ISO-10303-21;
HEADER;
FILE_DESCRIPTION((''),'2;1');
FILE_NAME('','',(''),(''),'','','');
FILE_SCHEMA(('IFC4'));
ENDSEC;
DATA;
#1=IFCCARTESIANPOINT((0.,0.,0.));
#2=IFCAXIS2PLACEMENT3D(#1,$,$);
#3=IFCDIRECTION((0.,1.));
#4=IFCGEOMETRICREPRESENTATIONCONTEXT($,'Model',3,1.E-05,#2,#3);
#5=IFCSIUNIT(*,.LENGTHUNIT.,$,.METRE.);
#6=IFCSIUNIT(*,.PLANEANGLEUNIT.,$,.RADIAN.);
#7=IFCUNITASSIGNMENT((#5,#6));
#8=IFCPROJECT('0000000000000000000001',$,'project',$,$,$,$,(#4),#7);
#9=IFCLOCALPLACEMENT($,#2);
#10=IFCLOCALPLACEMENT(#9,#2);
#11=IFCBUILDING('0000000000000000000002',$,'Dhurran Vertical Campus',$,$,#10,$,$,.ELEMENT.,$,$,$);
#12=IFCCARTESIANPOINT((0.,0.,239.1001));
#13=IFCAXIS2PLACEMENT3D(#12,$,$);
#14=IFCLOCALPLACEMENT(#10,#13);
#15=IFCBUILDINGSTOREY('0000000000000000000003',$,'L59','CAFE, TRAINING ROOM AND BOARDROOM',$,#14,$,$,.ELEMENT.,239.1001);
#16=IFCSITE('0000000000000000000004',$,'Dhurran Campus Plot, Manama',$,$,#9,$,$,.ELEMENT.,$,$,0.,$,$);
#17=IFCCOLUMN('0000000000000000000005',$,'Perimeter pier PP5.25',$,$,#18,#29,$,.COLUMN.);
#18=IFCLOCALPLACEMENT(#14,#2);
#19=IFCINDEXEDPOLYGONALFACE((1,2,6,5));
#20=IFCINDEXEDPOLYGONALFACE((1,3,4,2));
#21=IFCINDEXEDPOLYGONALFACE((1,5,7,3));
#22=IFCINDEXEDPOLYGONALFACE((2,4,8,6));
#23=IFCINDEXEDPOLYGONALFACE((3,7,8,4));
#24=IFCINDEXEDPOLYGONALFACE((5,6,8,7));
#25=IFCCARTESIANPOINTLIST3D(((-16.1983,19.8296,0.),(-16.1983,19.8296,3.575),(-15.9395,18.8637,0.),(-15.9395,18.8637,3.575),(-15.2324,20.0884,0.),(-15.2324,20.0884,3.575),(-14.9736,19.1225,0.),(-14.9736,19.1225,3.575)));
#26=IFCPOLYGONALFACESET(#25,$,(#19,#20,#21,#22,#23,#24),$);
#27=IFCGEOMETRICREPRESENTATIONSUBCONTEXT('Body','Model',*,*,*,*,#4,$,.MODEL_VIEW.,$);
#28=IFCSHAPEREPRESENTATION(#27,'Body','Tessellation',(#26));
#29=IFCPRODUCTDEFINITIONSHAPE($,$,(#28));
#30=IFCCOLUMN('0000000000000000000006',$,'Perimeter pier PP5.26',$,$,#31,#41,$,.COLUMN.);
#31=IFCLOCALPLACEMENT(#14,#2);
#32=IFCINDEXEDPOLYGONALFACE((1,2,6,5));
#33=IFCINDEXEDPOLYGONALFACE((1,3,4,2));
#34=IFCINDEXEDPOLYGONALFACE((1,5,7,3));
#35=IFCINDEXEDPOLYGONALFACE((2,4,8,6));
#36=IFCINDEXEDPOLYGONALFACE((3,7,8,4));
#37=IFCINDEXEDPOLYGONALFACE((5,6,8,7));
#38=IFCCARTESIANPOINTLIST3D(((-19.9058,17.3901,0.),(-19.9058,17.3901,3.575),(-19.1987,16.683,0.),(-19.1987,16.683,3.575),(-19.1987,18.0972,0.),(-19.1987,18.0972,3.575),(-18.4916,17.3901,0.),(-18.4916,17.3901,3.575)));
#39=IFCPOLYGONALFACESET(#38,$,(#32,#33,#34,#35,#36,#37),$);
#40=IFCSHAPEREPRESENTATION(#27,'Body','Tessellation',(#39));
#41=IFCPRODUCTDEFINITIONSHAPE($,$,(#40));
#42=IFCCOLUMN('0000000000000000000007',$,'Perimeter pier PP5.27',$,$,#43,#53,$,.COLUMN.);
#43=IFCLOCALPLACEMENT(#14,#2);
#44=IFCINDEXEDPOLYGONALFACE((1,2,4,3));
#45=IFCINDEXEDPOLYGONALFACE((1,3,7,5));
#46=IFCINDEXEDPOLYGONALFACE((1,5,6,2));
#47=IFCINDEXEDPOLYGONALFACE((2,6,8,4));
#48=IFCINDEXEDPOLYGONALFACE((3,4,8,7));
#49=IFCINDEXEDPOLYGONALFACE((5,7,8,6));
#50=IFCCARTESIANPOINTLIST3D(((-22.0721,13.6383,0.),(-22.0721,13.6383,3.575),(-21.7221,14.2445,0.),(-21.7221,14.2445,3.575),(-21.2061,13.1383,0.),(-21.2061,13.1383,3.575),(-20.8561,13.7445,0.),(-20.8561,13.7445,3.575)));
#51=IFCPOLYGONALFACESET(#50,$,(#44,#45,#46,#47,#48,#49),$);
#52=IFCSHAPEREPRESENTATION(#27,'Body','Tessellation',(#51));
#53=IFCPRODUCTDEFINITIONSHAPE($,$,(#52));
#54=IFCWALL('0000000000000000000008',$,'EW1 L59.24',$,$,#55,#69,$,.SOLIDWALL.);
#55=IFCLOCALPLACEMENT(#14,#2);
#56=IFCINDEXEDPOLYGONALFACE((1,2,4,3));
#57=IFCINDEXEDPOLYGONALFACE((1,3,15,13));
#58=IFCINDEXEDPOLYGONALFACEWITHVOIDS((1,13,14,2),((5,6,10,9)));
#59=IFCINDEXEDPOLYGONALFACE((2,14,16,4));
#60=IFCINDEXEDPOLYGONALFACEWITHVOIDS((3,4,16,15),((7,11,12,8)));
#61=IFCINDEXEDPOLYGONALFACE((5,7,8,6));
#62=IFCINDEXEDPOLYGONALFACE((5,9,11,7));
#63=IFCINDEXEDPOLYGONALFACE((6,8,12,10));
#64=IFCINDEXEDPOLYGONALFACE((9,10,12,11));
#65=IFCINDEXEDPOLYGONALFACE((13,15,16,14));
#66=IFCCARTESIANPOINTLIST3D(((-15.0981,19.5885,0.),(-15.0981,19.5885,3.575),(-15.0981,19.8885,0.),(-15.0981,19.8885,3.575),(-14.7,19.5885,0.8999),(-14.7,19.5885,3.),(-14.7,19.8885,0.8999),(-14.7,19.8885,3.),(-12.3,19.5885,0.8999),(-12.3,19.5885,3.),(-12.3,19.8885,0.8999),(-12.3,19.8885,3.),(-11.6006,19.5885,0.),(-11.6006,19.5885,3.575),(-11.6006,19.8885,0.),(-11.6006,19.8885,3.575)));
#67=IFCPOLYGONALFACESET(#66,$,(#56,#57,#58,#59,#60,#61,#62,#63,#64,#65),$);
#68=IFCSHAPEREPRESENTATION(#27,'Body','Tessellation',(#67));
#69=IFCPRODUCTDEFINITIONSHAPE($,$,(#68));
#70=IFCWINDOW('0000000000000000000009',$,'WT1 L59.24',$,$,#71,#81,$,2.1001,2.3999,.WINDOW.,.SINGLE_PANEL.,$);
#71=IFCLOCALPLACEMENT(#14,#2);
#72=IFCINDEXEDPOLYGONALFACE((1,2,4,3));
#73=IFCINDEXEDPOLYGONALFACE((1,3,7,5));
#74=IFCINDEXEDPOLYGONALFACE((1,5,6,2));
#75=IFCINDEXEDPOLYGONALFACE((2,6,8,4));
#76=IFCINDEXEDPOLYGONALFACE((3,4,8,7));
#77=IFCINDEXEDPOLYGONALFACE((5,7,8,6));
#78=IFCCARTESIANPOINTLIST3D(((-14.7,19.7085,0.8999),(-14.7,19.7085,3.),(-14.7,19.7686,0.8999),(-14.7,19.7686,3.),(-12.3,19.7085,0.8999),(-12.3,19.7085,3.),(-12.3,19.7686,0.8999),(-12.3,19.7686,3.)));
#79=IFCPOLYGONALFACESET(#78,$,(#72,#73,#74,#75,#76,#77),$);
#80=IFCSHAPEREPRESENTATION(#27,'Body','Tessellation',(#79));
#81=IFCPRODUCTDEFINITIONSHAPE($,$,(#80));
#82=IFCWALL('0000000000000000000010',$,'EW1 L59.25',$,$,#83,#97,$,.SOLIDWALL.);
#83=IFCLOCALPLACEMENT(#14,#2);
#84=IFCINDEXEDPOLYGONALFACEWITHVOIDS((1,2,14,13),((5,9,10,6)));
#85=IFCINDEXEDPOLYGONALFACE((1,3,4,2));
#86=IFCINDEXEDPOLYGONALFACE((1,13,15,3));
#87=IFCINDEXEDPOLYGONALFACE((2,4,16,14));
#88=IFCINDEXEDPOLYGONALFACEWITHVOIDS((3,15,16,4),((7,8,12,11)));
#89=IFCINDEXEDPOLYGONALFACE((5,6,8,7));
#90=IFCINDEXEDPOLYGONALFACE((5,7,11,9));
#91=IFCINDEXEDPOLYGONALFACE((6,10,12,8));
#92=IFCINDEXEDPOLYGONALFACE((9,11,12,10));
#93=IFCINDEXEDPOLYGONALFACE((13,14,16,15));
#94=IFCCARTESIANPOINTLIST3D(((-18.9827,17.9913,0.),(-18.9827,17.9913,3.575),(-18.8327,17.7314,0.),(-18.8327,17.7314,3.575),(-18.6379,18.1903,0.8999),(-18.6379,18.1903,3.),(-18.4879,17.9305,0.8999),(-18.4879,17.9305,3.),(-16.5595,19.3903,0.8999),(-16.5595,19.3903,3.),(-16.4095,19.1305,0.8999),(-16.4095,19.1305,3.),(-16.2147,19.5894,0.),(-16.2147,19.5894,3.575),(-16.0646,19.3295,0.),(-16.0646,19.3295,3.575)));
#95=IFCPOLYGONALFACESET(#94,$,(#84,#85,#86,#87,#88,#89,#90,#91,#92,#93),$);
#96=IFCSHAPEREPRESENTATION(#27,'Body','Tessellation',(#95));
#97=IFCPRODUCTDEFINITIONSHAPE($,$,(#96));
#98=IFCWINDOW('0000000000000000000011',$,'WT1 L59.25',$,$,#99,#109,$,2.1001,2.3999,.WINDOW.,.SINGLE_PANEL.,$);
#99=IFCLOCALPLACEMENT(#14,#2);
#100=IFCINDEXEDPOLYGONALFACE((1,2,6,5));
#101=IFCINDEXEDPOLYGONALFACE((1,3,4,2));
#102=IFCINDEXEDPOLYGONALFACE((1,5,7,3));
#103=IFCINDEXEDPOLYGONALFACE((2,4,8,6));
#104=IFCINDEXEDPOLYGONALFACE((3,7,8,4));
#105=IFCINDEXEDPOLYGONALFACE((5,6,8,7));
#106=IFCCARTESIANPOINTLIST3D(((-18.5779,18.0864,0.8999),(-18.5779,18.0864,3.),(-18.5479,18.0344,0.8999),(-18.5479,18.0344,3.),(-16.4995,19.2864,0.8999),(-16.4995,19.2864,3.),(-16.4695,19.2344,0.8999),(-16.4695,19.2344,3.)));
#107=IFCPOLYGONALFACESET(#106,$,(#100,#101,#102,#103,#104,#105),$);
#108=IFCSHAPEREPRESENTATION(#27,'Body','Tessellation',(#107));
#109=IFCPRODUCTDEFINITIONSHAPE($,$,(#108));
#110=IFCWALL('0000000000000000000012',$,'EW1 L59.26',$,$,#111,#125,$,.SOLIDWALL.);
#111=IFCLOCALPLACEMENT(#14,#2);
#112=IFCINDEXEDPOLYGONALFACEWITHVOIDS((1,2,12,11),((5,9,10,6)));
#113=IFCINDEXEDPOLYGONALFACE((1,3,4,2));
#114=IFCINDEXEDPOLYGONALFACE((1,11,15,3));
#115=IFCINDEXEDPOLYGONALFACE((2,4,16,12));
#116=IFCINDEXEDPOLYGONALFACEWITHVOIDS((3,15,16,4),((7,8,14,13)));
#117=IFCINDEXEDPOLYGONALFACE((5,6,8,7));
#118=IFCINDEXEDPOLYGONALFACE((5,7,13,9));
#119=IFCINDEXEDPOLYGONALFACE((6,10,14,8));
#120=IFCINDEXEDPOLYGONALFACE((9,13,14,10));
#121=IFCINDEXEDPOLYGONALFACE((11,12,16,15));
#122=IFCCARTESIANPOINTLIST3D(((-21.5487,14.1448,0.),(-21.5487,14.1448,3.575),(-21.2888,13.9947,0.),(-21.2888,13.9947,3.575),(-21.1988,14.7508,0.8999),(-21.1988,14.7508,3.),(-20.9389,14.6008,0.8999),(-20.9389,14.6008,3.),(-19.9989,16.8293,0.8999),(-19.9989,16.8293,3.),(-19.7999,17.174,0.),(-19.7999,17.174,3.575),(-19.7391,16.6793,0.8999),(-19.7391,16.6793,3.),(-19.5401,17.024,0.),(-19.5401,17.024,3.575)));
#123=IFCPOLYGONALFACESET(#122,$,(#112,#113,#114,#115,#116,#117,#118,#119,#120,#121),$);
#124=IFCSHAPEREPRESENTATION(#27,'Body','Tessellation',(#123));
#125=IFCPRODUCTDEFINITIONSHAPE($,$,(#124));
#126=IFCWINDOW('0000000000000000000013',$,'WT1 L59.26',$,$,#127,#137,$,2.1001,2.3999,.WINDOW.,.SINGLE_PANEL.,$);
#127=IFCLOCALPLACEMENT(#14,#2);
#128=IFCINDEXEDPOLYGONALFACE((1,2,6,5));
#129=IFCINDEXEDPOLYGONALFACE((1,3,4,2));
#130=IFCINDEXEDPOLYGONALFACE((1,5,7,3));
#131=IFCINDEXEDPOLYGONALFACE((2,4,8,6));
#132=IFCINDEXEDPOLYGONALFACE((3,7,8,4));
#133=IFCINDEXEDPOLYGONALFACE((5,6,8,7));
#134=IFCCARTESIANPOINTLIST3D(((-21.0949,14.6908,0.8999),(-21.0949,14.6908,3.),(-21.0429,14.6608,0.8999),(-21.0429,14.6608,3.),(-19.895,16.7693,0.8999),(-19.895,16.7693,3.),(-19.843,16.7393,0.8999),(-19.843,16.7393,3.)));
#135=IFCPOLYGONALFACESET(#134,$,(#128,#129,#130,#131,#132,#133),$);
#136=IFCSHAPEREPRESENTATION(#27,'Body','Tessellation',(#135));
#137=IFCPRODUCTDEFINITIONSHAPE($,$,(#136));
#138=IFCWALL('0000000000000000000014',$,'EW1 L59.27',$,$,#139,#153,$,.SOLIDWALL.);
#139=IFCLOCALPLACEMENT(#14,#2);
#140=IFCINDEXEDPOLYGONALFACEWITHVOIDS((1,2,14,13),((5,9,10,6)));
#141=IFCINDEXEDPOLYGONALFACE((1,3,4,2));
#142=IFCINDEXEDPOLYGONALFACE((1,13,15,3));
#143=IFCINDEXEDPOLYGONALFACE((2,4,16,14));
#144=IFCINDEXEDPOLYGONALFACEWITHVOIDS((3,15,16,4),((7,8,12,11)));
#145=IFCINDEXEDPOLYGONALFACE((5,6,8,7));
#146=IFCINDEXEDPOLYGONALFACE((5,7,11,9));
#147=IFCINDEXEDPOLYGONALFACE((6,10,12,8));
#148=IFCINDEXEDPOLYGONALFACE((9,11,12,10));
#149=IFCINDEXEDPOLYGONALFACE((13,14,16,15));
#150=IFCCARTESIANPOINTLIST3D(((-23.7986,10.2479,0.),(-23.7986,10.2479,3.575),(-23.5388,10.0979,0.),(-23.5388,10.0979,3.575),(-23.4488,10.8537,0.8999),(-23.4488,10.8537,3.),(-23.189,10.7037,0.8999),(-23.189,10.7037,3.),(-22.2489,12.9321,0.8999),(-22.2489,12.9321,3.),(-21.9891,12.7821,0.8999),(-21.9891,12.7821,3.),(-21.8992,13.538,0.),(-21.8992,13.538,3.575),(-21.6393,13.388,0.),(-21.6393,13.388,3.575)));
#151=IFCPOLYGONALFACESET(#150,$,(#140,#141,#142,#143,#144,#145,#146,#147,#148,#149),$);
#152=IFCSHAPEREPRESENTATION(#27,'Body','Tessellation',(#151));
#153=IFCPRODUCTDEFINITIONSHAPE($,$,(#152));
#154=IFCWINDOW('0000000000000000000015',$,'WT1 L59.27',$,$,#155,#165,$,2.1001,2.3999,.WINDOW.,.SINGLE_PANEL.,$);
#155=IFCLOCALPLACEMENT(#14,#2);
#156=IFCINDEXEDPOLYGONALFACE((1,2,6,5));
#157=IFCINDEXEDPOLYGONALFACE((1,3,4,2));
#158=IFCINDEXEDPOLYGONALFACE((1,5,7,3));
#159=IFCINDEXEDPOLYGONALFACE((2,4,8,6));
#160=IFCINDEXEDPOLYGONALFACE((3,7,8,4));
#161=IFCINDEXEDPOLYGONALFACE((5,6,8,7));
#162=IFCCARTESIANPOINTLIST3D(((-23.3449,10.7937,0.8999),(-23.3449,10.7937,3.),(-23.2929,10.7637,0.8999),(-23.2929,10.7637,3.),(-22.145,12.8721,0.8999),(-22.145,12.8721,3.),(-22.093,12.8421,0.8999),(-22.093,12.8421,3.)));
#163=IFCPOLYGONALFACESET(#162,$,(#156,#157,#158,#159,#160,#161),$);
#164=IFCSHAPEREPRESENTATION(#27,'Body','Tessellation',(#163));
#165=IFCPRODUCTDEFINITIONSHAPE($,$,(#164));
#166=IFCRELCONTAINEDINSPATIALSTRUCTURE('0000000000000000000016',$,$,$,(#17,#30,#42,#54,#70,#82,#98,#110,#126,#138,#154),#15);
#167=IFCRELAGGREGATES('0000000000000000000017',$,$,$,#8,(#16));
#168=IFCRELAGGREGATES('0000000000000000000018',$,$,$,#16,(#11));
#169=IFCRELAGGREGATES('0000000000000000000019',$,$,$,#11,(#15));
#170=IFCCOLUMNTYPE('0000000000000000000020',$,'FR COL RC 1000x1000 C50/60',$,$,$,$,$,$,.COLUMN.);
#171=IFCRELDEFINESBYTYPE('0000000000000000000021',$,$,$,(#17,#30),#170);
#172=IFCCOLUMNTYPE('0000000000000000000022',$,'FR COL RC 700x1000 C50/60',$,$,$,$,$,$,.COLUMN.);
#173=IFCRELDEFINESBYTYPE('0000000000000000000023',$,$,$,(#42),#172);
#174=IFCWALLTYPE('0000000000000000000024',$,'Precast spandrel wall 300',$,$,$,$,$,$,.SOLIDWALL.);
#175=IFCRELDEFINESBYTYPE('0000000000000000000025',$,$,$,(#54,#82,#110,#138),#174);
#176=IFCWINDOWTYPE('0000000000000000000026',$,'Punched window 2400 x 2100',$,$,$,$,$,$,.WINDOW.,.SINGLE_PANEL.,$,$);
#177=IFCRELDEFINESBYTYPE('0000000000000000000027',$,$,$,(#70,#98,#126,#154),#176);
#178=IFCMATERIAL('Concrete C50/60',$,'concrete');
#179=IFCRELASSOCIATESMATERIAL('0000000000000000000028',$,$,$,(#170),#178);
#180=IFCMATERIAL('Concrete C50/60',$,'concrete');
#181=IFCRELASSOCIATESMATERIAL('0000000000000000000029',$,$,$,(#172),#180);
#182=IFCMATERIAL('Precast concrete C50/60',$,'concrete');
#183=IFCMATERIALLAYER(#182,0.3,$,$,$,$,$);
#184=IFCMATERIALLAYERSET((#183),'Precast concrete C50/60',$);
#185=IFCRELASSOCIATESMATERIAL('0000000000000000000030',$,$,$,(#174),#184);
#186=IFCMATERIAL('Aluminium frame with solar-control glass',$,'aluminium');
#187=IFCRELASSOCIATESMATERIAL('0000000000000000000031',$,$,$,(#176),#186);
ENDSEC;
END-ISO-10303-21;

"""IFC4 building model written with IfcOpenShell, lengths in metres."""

from ifc_helpers import new_model, si_unit, direction, frame, frame_2d, origin, origin_2d, place, context, subcontext, project, spatial, rectangle, extrude, material, layer, layer_set, material_profile, profile_set, type_object, element, fill, save


model = new_model("IFC4")

# Units and contexts
model_context = context("Model", 3, precision=1e-05, world=origin(), true_north=direction((0.0, 1.0)))
body_context = subcontext(model_context, "Body", "Model", "MODEL_VIEW")
ifc_project = project(units=[si_unit("LENGTHUNIT", "METRE"), si_unit("PLANEANGLEUNIT", "RADIAN")], contexts=[model_context])

# Site, building, storey
site_placement = place(None, origin())
site = spatial("IfcSite", under=ifc_project, at=site_placement, Name="Dhurran Campus Plot, Manama", CompositionType="ELEMENT", RefElevation=0.0)
building_placement = place(site_placement, origin())
building = spatial("IfcBuilding", under=site, at=building_placement, Name="Dhurran Vertical Campus", CompositionType="ELEMENT")
storey_placement = place(building_placement, frame((0.0, 0.0, 239.1001)))
storey = spatial("IfcBuildingStorey", under=building, at=storey_placement, Name="L59", Description="CAFE, TRAINING ROOM AND BOARDROOM", CompositionType="ELEMENT", Elevation=239.1001)

# Columns
ifc_material_1 = material(Name="Concrete C50/60", Category="concrete")
ifc_material_profile_1 = material_profile(ifc_material_1, rectangle(XDim=1.0, YDim=1.0, at=origin_2d()), Name="RC 1000x1000")
ifc_profile_set_1 = profile_set([ifc_material_profile_1], Name="Concrete C50/60")
column_type_1 = type_object("IfcColumnType", Name="FR COL RC 1000x1000 C50/60", PredefinedType="COLUMN", material=ifc_profile_set_1)
for number, where, z_axis, x_axis, name in (
    (1, (-15.5859, 19.4761, 0.0), (0.0, 0.0, 1.0), (-0.965926, -0.258819, 0.0), "Perimeter pier PP5.25"),
    (2, (-19.1987, 17.3901, 0.0), (0.0, 0.0, 1.0), (-0.707107, -0.707107, 0.0), "Perimeter pier PP5.26"),
):
    element("IfcColumn", number, at=place(storey_placement, frame(where, z_axis=z_axis, x_axis=x_axis)), inside=storey, type_object=column_type_1, Name=name, PredefinedType="COLUMN", context=body_context, shape_type="SweptSolid", body=[
        extrude(rectangle(XDim=1.0, YDim=1.0, at=origin_2d()), origin(), (0.0, 0.0, 1.0), 3.575),
    ])
ifc_material_2 = material(Name="Concrete C50/60", Category="concrete")
ifc_material_profile_2 = material_profile(ifc_material_2, rectangle(XDim=0.7, YDim=1.0, at=origin_2d()), Name="RC 700x1000")
ifc_profile_set_2 = profile_set([ifc_material_profile_2], Name="Concrete C50/60")
column_type_2 = type_object("IfcColumnType", Name="FR COL RC 700x1000 C50/60", PredefinedType="COLUMN", material=ifc_profile_set_2)
column_placement = place(storey_placement, frame((-21.4641, 13.6914, 0.0), z_axis=(0.0, 0.0, 1.0), x_axis=(-0.5, -0.866025, 0.0)))
element("IfcColumn", 3, at=column_placement, inside=storey, type_object=column_type_2, Name="Perimeter pier PP5.27", PredefinedType="COLUMN", context=body_context, shape_type="SweptSolid", body=[
    extrude(rectangle(XDim=0.7, YDim=1.0, at=origin_2d()), origin(), (0.0, 0.0, 1.0), 3.575),
])

# Walls, openings, windows
ifc_material_3 = material(Name="Precast concrete C50/60", Category="concrete")
ifc_layer_1 = layer(ifc_material_3, 0.3)
ifc_layer_set_1 = layer_set([ifc_layer_1], Name="Precast concrete C50/60")
wall_type_1 = type_object("IfcWallType", Name="Precast spandrel wall 300", PredefinedType="SOLIDWALL", material=ifc_layer_set_1)
wall_1_placement = place(storey_placement, frame((-11.6006, 19.7385, 0.0), z_axis=(0.0, 0.0, 1.0), x_axis=(-1.0, 0.0, 0.0)))
wall_1 = element("IfcWall", 4, at=wall_1_placement, inside=storey, type_object=wall_type_1, Name="EW1 L59.24", PredefinedType="SOLIDWALL", context=body_context, shape_type="SweptSolid", body=[
    extrude(rectangle(XDim=3.4976, YDim=0.3, at=frame_2d((1.7488, 0.0))), origin(), (0.0, 0.0, 1.0), 3.575),
])
opening_1_placement = place(wall_1_placement, frame((0.6995, 0.0, 0.8999)))
opening_1 = element("IfcOpeningElement", 5, at=opening_1_placement, cuts=wall_1, PredefinedType="OPENING", context=body_context, shape_type="SweptSolid", body=[
    extrude(rectangle(XDim=2.3999, YDim=2.1001, at=frame_2d((1.2, 1.05))), frame((0.0, 0.1599, 0.0), z_axis=(0.0, -1.0, 0.0), x_axis=(1.0, 0.0, 0.0)), (0.0, 0.0, 1.0), 0.3201),
])
ifc_material_4 = material(Name="Aluminium frame with solar-control glass", Category="aluminium")
window_type = type_object("IfcWindowType", Name="Punched window 2400 x 2100", PartitioningType="SINGLE_PANEL", PredefinedType="WINDOW", material=ifc_material_4)
window_1_placement = place(opening_1_placement, origin())
window_1 = element("IfcWindow", 6, at=window_1_placement, inside=storey, type_object=window_type, Name="WT1 L59.24", OverallHeight=2.1001, OverallWidth=2.3999, PartitioningType="SINGLE_PANEL", PredefinedType="WINDOW", context=body_context, shape_type="SweptSolid", body=[
    extrude(rectangle(XDim=2.3999, YDim=2.1001, at=frame_2d((1.2, 1.05))), frame((0.0, 0.03, 0.0), z_axis=(0.0, -1.0, 0.0), x_axis=(1.0, 0.0, 0.0)), (0.0, 0.0, 1.0), 0.0601),
])
fill(opening_1, window_1)
wall_2_placement = place(storey_placement, frame((-16.1396, 19.4595, 0.0), z_axis=(0.0, 0.0, 1.0), x_axis=(-0.866025, -0.5, 0.0)))
wall_2 = element("IfcWall", 7, at=wall_2_placement, inside=storey, type_object=wall_type_1, Name="EW1 L59.25", PredefinedType="SOLIDWALL", context=body_context, shape_type="SweptSolid", body=[
    extrude(rectangle(XDim=3.1963, YDim=0.3, at=frame_2d((1.5981, 0.0))), origin(), (0.0, 0.0, 1.0), 3.575),
])
opening_2_placement = place(wall_2_placement, frame((0.3982, 0.0, 0.8999)))
opening_2 = element("IfcOpeningElement", 8, at=opening_2_placement, cuts=wall_2, PredefinedType="OPENING", context=body_context, shape_type="SweptSolid", body=[
    extrude(rectangle(XDim=2.3999, YDim=2.1001, at=frame_2d((1.2, 1.05))), frame((0.0, 0.1599, 0.0), z_axis=(0.0, -1.0, 0.0), x_axis=(1.0, 0.0, 0.0)), (0.0, 0.0, 1.0), 0.3201),
])
window_2_placement = place(opening_2_placement, origin())
window_2 = element("IfcWindow", 9, at=window_2_placement, inside=storey, type_object=window_type, Name="WT1 L59.25", OverallHeight=2.1001, OverallWidth=2.3999, PartitioningType="SINGLE_PANEL", PredefinedType="WINDOW", context=body_context, shape_type="SweptSolid", body=[
    extrude(rectangle(XDim=2.3999, YDim=2.1001, at=frame_2d((1.2, 1.05))), frame((0.0, 0.03, 0.0), z_axis=(0.0, -1.0, 0.0), x_axis=(1.0, 0.0, 0.0)), (0.0, 0.0, 1.0), 0.0601),
])
fill(opening_2, window_2)
wall_3_placement = place(storey_placement, frame((-19.6699, 17.0991, 0.0), z_axis=(0.0, 0.0, 1.0), x_axis=(-0.49996, -0.866048, 0.0)))
wall_3 = element("IfcWall", 10, at=wall_3_placement, inside=storey, type_object=wall_type_1, Name="EW1 L59.26", PredefinedType="SOLIDWALL", context=body_context, shape_type="SweptSolid", body=[
    extrude(rectangle(XDim=3.4978, YDim=0.3, at=frame_2d((1.749, 0.0))), origin(), (0.0, 0.0, 1.0), 3.575),
])
opening_3_placement = place(wall_3_placement, frame((0.3982, 0.0, 0.8999)))
opening_3 = element("IfcOpeningElement", 11, at=opening_3_placement, cuts=wall_3, PredefinedType="OPENING", context=body_context, shape_type="SweptSolid", body=[
    extrude(rectangle(XDim=2.3999, YDim=2.1001, at=frame_2d((1.2, 1.05))), frame((0.0, 0.1599, 0.0), z_axis=(0.0, -1.0, 0.0), x_axis=(1.0, 0.0, 0.0)), (0.0, 0.0, 1.0), 0.3201),
])
window_3_placement = place(opening_3_placement, origin())
window_3 = element("IfcWindow", 12, at=window_3_placement, inside=storey, type_object=window_type, Name="WT1 L59.26", OverallHeight=2.1001, OverallWidth=2.3999, PartitioningType="SINGLE_PANEL", PredefinedType="WINDOW", context=body_context, shape_type="SweptSolid", body=[
    extrude(rectangle(XDim=2.3999, YDim=2.1001, at=frame_2d((1.2, 1.05))), frame((0.0, 0.03, 0.0), z_axis=(0.0, -1.0, 0.0), x_axis=(1.0, 0.0, 0.0)), (0.0, 0.0, 1.0), 0.0601),
])
fill(opening_3, window_3)
wall_4_placement = place(storey_placement, frame((-21.7693, 13.4629, 0.0), z_axis=(0.0, 0.0, 1.0), x_axis=(-0.499982, -0.866036, 0.0)))
wall_4 = element("IfcWall", 13, at=wall_4_placement, inside=storey, type_object=wall_type_1, Name="EW1 L59.27", PredefinedType="SOLIDWALL", context=body_context, shape_type="SweptSolid", body=[
    extrude(rectangle(XDim=3.7991, YDim=0.3, at=frame_2d((1.8994, 0.0))), origin(), (0.0, 0.0, 1.0), 3.575),
])
opening_4_placement = place(wall_4_placement, frame((0.6995, 0.0, 0.8999)))
opening_4 = element("IfcOpeningElement", 14, at=opening_4_placement, cuts=wall_4, PredefinedType="OPENING", context=body_context, shape_type="SweptSolid", body=[
    extrude(rectangle(XDim=2.3999, YDim=2.1001, at=frame_2d((1.2, 1.05))), frame((0.0, 0.1599, 0.0), z_axis=(0.0, -1.0, 0.0), x_axis=(1.0, 0.0, 0.0)), (0.0, 0.0, 1.0), 0.3201),
])
window_4_placement = place(opening_4_placement, origin())
window_4 = element("IfcWindow", 15, at=window_4_placement, inside=storey, type_object=window_type, Name="WT1 L59.27", OverallHeight=2.1001, OverallWidth=2.3999, PartitioningType="SINGLE_PANEL", PredefinedType="WINDOW", context=body_context, shape_type="SweptSolid", body=[
    extrude(rectangle(XDim=2.3999, YDim=2.1001, at=frame_2d((1.2, 1.05))), frame((0.0, 0.03, 0.0), z_axis=(0.0, -1.0, 0.0), x_axis=(1.0, 0.0, 0.0)), (0.0, 0.0, 1.0), 0.0601),
])
fill(opening_4, window_4)

save(model, "model.ifc")
